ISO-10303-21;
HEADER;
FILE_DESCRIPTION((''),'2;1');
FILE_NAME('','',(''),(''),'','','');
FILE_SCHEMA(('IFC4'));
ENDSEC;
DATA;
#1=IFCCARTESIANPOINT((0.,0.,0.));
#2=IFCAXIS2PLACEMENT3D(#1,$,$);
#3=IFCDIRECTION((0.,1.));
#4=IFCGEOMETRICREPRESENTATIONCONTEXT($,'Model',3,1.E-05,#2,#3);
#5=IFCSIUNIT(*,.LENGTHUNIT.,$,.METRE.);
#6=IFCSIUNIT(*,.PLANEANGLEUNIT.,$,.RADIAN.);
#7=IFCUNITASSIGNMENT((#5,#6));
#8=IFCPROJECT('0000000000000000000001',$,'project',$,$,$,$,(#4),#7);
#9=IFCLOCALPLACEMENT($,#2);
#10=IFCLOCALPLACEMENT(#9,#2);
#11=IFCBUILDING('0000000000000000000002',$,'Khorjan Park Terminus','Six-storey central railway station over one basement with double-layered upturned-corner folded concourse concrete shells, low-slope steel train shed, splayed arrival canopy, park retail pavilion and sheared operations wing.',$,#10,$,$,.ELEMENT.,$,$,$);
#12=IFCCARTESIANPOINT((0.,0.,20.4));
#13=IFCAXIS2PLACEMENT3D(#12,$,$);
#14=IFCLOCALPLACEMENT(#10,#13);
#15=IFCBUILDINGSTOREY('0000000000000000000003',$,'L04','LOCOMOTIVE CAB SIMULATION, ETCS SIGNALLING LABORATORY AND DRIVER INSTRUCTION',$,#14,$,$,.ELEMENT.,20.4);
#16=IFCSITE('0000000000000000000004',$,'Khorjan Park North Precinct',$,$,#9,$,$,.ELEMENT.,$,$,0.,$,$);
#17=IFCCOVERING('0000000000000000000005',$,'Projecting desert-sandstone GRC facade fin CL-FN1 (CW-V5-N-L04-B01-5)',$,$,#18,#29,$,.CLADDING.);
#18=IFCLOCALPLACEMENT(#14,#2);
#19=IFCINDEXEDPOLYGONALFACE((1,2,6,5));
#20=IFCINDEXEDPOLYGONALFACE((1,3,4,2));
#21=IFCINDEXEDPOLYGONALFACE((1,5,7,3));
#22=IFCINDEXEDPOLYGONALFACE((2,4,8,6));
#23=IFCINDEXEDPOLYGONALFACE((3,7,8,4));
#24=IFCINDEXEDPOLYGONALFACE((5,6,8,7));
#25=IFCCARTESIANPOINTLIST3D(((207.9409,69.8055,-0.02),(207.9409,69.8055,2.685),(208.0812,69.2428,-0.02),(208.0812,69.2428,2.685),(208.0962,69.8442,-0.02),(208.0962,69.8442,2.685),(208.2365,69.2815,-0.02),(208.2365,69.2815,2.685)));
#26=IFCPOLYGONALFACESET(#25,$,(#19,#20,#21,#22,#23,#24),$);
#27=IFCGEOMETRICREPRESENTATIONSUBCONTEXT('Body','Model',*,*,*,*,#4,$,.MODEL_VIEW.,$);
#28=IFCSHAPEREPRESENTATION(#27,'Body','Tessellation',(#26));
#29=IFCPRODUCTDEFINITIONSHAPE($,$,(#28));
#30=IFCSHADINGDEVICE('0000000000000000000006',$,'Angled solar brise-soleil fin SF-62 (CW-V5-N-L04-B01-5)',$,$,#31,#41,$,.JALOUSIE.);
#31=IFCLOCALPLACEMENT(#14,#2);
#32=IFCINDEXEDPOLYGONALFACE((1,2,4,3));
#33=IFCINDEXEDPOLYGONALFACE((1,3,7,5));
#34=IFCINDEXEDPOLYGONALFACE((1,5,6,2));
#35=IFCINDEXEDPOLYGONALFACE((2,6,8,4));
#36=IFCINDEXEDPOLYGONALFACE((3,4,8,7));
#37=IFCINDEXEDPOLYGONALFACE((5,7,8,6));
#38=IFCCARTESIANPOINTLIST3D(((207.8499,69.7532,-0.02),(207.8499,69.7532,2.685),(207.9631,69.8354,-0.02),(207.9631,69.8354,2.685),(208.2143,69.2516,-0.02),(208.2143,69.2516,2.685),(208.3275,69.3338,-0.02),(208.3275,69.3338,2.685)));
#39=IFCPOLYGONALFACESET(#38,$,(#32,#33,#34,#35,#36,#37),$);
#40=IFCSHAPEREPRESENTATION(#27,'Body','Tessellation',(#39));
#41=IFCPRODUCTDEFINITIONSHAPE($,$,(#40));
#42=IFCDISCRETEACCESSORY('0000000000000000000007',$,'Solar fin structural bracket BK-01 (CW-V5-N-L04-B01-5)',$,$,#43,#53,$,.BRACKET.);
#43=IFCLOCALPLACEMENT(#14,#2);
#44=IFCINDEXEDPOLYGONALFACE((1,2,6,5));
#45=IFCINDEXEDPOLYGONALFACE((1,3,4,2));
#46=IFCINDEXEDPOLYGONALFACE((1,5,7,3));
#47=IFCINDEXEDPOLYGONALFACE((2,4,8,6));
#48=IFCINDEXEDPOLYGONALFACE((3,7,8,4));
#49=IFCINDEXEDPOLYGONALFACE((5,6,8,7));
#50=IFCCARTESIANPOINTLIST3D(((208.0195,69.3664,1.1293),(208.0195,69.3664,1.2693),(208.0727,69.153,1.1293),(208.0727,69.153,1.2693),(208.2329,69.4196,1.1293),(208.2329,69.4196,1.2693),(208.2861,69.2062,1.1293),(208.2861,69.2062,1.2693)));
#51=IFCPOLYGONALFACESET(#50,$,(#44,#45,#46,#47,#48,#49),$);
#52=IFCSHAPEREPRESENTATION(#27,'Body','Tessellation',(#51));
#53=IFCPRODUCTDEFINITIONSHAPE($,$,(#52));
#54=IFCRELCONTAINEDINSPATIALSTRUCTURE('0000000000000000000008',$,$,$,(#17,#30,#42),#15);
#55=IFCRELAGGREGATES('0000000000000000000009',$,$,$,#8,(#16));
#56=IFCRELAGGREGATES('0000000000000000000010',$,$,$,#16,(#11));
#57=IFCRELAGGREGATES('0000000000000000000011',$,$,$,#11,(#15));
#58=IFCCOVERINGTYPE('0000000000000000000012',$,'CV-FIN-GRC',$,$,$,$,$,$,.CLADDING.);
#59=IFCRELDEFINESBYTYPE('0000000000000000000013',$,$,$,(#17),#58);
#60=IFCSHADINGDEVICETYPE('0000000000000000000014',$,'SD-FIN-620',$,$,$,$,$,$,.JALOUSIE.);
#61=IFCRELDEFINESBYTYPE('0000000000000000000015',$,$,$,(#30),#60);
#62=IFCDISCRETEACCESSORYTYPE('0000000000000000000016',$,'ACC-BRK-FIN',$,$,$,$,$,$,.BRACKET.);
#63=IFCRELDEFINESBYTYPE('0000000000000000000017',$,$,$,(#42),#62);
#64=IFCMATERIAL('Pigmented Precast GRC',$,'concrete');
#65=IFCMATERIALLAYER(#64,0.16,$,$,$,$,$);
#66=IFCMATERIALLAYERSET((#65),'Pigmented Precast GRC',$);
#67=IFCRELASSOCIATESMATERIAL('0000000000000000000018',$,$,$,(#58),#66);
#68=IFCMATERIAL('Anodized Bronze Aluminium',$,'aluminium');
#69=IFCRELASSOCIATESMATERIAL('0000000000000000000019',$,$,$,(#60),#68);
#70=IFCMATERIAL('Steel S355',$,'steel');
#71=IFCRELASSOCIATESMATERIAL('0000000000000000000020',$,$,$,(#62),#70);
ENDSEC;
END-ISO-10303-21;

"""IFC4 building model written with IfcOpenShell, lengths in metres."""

from ifc_helpers import new_model, si_unit, direction, frame, origin, origin_2d, place, context, subcontext, project, spatial, rectangle, extrude, material, layer, layer_set, type_object, element, save


model = new_model("IFC4")

# Units and contexts
model_context = context("Model", 3, precision=1e-05, world=origin(), true_north=direction((0.0, 1.0)))
body_context = subcontext(model_context, "Body", "Model", "MODEL_VIEW")
ifc_project = project(units=[si_unit("LENGTHUNIT", "METRE"), si_unit("PLANEANGLEUNIT", "RADIAN")], contexts=[model_context])

# Site, building, storey
site_placement = place(None, origin())
site = spatial("IfcSite", under=ifc_project, at=site_placement, Name="Khorjan Park North Precinct", CompositionType="ELEMENT", RefElevation=0.0)
building_placement = place(site_placement, origin())
building = spatial("IfcBuilding", under=site, at=building_placement, Name="Khorjan Park Terminus", Description="Six-storey central railway station over one basement with double-layered upturned-corner folded concourse concrete shells, low-slope steel train shed, splayed arrival canopy, park retail pavilion and sheared operations wing.", CompositionType="ELEMENT")
storey_placement = place(building_placement, frame((0.0, 0.0, 20.4)))
storey = spatial("IfcBuildingStorey", under=building, at=storey_placement, Name="L04", Description="LOCOMOTIVE CAB SIMULATION, ETCS SIGNALLING LABORATORY AND DRIVER INSTRUCTION", CompositionType="ELEMENT", Elevation=20.4)

# Shared definitions
ifc_material_1 = material(Name="Steel S355", Category="steel")

# Shared definitions
ifc_material_2 = material(Name="Anodized Bronze Aluminium", Category="aluminium")

# Covering
ifc_material_3 = material(Name="Pigmented Precast GRC", Category="concrete")
ifc_layer_1 = layer(ifc_material_3, 0.16)
ifc_layer_set_1 = layer_set([ifc_layer_1], Name="Pigmented Precast GRC")
covering_type = type_object("IfcCoveringType", Name="CV-FIN-GRC", PredefinedType="CLADDING", material=ifc_layer_set_1)
covering_placement = place(storey_placement, frame((208.0887, 69.5435, -0.02), z_axis=(0.0, 0.0, 1.0), x_axis=(0.241922, -0.970296, 0.0)))
element("IfcCovering", 1, at=covering_placement, inside=storey, type_object=covering_type, Name="Projecting desert-sandstone GRC facade fin CL-FN1 (CW-V5-N-L04-B01-5)", PredefinedType="CLADDING", context=body_context, shape_type="SweptSolid", body=[
    extrude(rectangle(XDim=0.58, YDim=0.16, at=origin_2d()), origin(), (0.0, 0.0, 1.0), 2.705),
])

# Shading device
shading_device_type = type_object("IfcShadingDeviceType", Name="SD-FIN-620", PredefinedType="JALOUSIE", material=ifc_material_2)
shading_device_placement = place(storey_placement, frame((208.0887, 69.5435, -0.02), z_axis=(0.0, 0.0, 1.0), x_axis=(0.587785, -0.809017, 0.0)))
element("IfcShadingDevice", 2, at=shading_device_placement, inside=storey, type_object=shading_device_type, Name="Angled solar brise-soleil fin SF-62 (CW-V5-N-L04-B01-5)", PredefinedType="JALOUSIE", context=body_context, shape_type="SweptSolid", body=[
    extrude(rectangle(XDim=0.62, YDim=0.14, at=origin_2d()), origin(), (0.0, 0.0, 1.0), 2.705),
])

# Discrete accessory
discrete_accessory_type = type_object("IfcDiscreteAccessoryType", Name="ACC-BRK-FIN", PredefinedType="BRACKET", material=ifc_material_1)
discrete_accessory_placement = place(storey_placement, frame((208.1528, 69.2863, 1.1293), z_axis=(0.0, 0.0, 1.0), x_axis=(-0.970296, -0.241919, 0.0)))
element("IfcDiscreteAccessory", 3, at=discrete_accessory_placement, inside=storey, type_object=discrete_accessory_type, Name="Solar fin structural bracket BK-01 (CW-V5-N-L04-B01-5)", PredefinedType="BRACKET", context=body_context, shape_type="SweptSolid", body=[
    extrude(rectangle(XDim=0.22, YDim=0.22, at=origin_2d()), origin(), (0.0, 0.0, 1.0), 0.14),
])

save(model, "model.ifc")
